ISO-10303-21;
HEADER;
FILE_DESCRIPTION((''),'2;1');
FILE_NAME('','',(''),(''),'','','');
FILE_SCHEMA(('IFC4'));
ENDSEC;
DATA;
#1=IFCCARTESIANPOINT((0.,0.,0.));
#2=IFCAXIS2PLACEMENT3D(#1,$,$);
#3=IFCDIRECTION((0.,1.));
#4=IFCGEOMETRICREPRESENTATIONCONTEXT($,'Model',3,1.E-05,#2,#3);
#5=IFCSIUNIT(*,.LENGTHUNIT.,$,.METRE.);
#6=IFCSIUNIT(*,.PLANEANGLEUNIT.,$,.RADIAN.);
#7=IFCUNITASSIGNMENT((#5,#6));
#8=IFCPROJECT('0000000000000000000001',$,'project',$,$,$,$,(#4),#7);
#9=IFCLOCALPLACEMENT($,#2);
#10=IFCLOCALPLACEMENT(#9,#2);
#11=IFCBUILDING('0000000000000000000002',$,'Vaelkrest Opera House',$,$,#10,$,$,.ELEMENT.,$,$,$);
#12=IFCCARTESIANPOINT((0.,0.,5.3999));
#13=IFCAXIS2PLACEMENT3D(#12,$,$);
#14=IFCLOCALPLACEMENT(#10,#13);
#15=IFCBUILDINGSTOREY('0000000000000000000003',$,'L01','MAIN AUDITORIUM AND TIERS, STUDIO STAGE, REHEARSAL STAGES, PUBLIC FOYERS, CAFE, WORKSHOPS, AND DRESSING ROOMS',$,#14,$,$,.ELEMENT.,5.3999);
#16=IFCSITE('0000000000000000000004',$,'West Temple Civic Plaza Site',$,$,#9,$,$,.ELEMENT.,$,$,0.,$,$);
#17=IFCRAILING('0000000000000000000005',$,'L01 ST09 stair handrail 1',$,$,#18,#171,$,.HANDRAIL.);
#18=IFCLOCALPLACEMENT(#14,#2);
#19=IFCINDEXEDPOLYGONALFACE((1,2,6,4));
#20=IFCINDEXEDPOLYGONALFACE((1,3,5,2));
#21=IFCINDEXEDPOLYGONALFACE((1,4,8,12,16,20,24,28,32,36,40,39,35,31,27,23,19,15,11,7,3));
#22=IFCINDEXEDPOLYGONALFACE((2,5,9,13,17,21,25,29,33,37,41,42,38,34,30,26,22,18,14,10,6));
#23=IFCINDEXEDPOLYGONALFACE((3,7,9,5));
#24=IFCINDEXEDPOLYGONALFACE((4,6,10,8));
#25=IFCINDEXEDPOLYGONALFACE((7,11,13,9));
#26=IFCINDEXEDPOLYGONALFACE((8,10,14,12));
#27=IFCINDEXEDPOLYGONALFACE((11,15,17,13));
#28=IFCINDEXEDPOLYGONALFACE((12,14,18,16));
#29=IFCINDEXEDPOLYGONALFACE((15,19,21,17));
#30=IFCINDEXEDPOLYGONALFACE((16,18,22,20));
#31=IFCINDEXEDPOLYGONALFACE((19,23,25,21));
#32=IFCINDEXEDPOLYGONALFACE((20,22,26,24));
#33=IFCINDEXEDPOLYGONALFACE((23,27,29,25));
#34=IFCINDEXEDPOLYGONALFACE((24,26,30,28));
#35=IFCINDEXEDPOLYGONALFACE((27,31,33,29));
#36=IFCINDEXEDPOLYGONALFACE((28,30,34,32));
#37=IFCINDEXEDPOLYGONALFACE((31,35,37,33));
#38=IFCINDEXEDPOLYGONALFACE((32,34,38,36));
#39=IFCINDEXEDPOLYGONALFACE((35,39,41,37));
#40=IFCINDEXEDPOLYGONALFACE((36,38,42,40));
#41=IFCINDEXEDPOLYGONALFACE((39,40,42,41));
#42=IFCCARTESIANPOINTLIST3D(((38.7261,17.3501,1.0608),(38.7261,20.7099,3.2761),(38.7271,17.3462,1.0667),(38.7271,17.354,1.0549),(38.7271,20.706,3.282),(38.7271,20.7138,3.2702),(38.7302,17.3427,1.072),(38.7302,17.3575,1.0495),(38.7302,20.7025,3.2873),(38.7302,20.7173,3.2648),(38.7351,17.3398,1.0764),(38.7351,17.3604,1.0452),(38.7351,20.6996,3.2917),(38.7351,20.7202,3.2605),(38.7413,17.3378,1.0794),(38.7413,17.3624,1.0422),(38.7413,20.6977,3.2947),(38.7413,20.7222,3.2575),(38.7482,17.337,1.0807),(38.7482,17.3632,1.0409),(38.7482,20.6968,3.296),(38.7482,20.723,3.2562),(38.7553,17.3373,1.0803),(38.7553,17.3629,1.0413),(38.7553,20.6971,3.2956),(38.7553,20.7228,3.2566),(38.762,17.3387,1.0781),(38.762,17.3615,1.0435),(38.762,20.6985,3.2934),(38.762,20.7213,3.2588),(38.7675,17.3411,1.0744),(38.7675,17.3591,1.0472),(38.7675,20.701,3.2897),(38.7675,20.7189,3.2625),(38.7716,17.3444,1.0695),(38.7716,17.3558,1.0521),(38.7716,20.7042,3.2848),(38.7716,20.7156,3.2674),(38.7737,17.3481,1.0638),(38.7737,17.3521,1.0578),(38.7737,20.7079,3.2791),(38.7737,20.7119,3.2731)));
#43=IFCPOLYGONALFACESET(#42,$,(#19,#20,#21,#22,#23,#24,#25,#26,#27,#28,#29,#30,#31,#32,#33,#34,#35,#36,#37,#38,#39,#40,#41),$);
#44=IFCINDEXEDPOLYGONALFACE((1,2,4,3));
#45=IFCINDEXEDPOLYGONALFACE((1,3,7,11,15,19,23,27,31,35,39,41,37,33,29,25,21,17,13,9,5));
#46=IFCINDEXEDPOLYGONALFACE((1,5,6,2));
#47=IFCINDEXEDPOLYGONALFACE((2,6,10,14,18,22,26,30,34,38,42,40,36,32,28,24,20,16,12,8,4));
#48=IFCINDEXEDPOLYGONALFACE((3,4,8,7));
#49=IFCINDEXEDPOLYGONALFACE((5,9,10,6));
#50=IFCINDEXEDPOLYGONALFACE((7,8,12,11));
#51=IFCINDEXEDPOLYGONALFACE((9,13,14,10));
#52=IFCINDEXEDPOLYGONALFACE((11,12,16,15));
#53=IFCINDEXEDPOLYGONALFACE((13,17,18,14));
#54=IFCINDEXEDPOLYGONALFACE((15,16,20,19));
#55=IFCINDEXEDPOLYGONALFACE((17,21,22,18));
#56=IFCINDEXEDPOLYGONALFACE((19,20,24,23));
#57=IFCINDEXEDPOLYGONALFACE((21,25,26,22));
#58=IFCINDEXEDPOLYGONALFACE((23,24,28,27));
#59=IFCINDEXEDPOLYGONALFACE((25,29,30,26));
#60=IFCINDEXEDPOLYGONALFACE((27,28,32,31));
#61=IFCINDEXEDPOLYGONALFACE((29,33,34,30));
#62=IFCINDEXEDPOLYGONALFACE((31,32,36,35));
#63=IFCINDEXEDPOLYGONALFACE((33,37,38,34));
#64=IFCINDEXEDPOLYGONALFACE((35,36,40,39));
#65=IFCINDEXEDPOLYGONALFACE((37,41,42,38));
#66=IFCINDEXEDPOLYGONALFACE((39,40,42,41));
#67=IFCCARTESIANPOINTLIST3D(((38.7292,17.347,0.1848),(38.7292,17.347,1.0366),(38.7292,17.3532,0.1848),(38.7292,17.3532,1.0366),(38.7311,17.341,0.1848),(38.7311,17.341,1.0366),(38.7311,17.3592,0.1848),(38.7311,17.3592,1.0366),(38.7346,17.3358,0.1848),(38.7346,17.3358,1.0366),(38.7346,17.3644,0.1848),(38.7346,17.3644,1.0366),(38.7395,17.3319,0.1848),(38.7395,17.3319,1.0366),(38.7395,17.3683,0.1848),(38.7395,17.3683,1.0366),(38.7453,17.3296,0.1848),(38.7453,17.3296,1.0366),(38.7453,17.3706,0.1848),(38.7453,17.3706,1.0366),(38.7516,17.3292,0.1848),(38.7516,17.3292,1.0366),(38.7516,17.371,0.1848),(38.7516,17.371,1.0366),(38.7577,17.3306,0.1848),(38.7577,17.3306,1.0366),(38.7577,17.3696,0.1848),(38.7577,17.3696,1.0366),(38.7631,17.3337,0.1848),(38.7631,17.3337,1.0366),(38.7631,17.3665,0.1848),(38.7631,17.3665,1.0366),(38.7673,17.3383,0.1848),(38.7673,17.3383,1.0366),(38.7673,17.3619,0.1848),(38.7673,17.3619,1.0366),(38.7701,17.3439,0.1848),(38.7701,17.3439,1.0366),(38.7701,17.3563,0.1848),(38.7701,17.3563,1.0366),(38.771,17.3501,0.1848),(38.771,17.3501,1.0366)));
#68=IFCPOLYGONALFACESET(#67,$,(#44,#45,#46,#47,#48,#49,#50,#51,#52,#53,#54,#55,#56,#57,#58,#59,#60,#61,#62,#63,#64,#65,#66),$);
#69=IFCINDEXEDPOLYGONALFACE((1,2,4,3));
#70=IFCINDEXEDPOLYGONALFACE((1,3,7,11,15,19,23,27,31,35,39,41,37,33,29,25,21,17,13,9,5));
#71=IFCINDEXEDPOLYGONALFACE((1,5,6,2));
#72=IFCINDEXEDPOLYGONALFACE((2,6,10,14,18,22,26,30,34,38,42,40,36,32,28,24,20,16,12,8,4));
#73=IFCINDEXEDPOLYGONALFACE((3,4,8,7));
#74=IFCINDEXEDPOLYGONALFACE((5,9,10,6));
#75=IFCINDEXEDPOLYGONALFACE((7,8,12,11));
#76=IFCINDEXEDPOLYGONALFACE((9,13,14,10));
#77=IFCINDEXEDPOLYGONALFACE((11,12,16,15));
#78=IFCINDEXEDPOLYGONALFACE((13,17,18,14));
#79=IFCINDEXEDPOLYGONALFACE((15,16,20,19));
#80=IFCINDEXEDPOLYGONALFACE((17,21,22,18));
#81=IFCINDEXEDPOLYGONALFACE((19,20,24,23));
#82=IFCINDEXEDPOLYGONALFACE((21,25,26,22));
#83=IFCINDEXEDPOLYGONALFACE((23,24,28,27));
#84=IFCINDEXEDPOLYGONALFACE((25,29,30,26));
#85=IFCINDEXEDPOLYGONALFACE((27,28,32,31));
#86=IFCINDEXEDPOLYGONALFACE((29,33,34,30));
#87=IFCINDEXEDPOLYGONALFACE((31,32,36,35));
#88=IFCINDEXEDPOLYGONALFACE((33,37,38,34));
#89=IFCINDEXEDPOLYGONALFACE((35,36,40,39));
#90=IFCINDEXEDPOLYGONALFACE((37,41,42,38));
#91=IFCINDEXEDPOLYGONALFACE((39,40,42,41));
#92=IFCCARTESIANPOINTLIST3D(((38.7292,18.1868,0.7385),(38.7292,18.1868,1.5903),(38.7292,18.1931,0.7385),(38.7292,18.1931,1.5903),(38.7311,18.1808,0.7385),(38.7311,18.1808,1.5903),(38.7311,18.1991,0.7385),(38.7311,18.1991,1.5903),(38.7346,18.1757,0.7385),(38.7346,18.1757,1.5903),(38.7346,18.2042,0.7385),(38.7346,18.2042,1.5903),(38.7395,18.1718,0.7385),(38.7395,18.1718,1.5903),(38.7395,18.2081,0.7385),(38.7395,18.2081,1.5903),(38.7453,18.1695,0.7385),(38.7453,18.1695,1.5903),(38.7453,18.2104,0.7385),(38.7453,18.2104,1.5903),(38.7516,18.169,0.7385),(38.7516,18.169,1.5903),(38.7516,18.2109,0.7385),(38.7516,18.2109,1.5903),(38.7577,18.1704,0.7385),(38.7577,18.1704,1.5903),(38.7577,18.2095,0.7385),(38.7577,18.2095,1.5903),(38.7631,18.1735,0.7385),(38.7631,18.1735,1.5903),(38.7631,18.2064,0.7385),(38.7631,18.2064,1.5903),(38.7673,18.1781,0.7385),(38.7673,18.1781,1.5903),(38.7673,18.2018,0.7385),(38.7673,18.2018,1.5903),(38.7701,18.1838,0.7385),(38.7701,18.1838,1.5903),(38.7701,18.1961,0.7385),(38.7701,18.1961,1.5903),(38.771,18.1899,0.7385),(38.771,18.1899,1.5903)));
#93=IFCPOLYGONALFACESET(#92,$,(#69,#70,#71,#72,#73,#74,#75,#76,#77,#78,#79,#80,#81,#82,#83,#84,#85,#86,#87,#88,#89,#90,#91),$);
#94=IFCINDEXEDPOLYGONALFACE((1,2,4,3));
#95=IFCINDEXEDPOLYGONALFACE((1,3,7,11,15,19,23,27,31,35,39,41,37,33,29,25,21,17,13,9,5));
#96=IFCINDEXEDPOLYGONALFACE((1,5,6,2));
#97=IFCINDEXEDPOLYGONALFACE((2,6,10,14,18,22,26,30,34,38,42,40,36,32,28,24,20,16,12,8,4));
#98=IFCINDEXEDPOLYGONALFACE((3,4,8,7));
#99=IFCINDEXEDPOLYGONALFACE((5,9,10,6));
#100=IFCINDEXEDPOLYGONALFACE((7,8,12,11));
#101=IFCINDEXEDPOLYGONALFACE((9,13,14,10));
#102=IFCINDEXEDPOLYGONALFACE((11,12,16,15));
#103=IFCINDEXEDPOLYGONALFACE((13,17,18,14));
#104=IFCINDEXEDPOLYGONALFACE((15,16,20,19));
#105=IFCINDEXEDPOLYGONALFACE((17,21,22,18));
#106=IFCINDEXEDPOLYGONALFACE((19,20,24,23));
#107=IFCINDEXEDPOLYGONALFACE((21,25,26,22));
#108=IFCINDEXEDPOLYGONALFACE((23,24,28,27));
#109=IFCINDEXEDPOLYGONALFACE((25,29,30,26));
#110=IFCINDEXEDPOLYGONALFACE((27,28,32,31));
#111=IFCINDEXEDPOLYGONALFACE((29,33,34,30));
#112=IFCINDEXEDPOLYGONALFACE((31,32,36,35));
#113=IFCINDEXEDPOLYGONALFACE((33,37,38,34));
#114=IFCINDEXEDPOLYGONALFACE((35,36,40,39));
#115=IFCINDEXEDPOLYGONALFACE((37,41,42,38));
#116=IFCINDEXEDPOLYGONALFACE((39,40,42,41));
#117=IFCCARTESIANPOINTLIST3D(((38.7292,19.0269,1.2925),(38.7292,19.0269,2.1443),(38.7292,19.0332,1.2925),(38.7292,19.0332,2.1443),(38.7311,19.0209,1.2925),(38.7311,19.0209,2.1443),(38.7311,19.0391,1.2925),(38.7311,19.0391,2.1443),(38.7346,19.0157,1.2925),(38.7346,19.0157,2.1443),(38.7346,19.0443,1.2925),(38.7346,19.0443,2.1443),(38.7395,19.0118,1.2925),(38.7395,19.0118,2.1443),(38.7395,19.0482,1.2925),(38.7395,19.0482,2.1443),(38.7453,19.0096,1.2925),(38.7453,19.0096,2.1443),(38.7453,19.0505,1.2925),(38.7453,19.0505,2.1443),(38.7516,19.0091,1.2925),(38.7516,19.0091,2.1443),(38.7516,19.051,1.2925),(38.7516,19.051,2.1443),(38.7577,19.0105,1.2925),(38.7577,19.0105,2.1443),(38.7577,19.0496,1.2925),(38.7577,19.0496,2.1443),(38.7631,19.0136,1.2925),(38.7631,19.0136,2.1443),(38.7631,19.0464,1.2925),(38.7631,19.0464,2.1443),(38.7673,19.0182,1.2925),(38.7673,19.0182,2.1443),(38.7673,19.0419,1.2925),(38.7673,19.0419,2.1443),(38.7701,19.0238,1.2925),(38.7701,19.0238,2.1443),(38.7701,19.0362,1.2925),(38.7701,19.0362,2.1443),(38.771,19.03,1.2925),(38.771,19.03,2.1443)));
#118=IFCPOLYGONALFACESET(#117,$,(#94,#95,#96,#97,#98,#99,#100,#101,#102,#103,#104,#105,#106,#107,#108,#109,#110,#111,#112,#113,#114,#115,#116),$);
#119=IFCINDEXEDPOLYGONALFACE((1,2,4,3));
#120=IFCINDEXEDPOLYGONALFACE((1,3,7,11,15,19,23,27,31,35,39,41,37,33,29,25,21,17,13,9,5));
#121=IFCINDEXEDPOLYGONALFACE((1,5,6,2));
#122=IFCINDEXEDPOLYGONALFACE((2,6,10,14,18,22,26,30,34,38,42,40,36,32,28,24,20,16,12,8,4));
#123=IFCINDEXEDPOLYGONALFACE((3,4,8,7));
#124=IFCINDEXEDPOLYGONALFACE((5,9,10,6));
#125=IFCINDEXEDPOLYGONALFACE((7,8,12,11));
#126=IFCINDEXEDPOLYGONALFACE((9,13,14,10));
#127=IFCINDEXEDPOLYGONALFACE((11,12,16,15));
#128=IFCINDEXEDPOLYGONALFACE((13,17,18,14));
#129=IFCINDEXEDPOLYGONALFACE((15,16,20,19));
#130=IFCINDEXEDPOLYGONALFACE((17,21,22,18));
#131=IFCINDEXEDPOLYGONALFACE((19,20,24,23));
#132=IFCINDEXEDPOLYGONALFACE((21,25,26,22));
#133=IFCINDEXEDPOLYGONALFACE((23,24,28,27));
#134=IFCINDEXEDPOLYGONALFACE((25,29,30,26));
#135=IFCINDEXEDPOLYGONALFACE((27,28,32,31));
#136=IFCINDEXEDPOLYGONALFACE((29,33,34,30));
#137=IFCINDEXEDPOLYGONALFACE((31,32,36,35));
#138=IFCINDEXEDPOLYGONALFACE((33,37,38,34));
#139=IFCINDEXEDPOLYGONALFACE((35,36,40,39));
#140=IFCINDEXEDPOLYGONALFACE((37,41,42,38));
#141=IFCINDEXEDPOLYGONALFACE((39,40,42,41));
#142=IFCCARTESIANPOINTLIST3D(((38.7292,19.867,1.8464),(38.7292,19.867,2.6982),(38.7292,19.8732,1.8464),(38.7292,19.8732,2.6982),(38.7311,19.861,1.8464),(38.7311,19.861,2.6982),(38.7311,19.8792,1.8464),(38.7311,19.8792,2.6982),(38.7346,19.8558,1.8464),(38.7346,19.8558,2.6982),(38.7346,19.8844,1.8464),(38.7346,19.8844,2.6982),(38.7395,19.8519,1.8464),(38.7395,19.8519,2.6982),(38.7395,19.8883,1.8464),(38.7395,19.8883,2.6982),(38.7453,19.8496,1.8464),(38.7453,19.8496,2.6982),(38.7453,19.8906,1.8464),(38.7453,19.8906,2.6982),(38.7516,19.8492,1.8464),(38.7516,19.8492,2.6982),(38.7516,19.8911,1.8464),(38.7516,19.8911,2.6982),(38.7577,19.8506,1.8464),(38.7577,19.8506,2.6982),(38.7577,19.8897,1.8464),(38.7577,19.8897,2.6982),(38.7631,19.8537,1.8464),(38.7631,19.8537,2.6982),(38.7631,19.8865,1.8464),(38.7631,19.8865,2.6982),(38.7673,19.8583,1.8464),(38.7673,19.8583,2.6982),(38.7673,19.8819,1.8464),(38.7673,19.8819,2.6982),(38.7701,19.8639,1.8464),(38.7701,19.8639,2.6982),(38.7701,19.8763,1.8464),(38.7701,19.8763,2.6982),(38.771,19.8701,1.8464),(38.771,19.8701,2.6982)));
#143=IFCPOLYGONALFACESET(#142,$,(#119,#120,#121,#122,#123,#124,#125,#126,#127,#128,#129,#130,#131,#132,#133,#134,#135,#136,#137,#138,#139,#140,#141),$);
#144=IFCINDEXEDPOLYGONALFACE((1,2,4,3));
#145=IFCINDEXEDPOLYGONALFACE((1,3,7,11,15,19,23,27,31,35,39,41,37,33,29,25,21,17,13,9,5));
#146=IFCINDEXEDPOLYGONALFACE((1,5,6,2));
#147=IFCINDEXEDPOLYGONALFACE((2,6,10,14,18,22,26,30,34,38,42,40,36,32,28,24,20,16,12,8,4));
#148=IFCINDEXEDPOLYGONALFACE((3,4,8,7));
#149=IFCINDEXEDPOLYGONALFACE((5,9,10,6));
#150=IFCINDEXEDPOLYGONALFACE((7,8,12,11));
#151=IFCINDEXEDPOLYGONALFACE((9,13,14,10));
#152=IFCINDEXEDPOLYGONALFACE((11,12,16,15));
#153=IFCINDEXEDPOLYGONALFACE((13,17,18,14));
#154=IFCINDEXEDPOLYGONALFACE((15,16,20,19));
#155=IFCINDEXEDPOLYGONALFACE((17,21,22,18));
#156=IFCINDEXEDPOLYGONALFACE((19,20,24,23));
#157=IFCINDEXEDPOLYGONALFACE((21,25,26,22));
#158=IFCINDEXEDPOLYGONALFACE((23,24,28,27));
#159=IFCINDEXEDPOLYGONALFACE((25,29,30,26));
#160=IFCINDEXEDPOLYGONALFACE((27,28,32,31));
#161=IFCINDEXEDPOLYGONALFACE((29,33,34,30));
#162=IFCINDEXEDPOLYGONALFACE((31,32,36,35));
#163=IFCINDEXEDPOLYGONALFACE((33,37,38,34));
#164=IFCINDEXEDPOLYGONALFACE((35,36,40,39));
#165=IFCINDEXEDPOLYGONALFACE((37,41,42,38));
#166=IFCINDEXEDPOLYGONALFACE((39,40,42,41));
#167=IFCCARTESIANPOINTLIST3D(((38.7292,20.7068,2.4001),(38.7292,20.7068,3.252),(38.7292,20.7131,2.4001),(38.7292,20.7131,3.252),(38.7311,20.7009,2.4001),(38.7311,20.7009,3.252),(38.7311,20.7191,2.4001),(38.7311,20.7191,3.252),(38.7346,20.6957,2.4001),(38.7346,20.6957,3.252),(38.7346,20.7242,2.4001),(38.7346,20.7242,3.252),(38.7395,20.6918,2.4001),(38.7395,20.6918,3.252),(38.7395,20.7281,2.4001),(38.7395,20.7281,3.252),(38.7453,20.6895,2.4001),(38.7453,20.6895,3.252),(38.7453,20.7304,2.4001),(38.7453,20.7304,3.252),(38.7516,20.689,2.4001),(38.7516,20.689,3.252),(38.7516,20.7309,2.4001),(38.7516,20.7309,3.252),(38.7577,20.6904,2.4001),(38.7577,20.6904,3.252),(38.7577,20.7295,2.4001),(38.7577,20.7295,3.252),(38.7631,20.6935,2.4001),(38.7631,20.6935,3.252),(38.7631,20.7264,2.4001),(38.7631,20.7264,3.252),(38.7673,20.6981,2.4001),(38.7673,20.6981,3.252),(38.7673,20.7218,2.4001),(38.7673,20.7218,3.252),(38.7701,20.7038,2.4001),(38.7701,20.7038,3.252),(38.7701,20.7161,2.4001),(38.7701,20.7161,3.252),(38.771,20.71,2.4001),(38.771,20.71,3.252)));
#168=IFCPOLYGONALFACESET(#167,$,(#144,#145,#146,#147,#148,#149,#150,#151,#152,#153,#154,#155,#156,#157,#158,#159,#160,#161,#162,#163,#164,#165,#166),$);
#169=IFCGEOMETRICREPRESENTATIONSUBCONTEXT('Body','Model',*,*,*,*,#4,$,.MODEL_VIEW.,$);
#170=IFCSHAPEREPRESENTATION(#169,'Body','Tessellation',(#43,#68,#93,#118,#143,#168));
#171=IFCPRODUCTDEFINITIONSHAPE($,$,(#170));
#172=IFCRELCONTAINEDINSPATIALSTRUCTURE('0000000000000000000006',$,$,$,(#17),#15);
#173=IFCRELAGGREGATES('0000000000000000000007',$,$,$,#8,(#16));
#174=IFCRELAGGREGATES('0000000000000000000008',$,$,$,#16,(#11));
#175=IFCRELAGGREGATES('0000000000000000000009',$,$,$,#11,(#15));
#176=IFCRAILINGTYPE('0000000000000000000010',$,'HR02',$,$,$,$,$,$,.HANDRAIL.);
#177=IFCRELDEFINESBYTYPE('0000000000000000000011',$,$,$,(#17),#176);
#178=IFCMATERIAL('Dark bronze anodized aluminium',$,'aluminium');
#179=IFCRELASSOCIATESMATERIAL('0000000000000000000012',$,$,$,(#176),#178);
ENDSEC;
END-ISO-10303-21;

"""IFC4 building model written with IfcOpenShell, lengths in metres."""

from ifc_helpers import new_model, si_unit, direction, frame, origin, origin_2d, place, context, subcontext, project, spatial, circle, extrude, material, type_object, element, save


model = new_model("IFC4")

# Units and contexts
model_context = context("Model", 3, precision=1e-05, world=origin(), true_north=direction((0.0, 1.0)))
body_context = subcontext(model_context, "Body", "Model", "MODEL_VIEW")
ifc_project = project(units=[si_unit("LENGTHUNIT", "METRE"), si_unit("PLANEANGLEUNIT", "RADIAN")], contexts=[model_context])

# Site, building, storey
site_placement = place(None, origin())
site = spatial("IfcSite", under=ifc_project, at=site_placement, Name="West Temple Civic Plaza Site", CompositionType="ELEMENT", RefElevation=0.0)
building_placement = place(site_placement, origin())
building = spatial("IfcBuilding", under=site, at=building_placement, Name="Vaelkrest Opera House", CompositionType="ELEMENT")
storey_placement = place(building_placement, frame((0.0, 0.0, 5.3999)))
storey = spatial("IfcBuildingStorey", under=building, at=storey_placement, Name="L01", Description="MAIN AUDITORIUM AND TIERS, STUDIO STAGE, REHEARSAL STAGES, PUBLIC FOYERS, CAFE, WORKSHOPS, AND DRESSING ROOMS", CompositionType="ELEMENT", Elevation=5.3999)

# Shared definitions
ifc_material_1 = material(Name="Dark bronze anodized aluminium", Category="aluminium")

# Railing
railing_type_1 = type_object("IfcRailingType", Name="HR02", PredefinedType="HANDRAIL", material=ifc_material_1)
railing_1_placement = place(storey_placement, frame((38.75, 17.3501, 0.1848)))
element("IfcRailing", 1, at=railing_1_placement, inside=storey, type_object=railing_type_1, Name="L01 ST09 stair handrail 1", PredefinedType="HANDRAIL", context=body_context, shape_type="SweptSolid", body=[
    extrude(circle(Radius=0.0239, at=origin_2d()), frame((0.0, 0.0, 0.876), z_axis=(0.0, 0.834858, 0.550465), x_axis=(-1.0, 0.0, 0.0)), (0.0, 0.0, 1.0), 4.0244),
    extrude(circle(Radius=0.021, at=origin_2d()), origin(), (0.0, 0.0, 1.0), 0.8518),
    extrude(circle(Radius=0.021, at=origin_2d()), frame((0.0, 0.8398, 0.5537)), (0.0, 0.0, 1.0), 0.8518),
    extrude(circle(Radius=0.021, at=origin_2d()), frame((0.0, 1.6799, 1.1077)), (0.0, 0.0, 1.0), 0.8518),
    extrude(circle(Radius=0.021, at=origin_2d()), frame((0.0, 2.52, 1.6616)), (0.0, 0.0, 1.0), 0.8518),
    extrude(circle(Radius=0.021, at=origin_2d()), frame((0.0, 3.3599, 2.2153)), (0.0, 0.0, 1.0), 0.8518),
])

save(model, "model.ifc")
